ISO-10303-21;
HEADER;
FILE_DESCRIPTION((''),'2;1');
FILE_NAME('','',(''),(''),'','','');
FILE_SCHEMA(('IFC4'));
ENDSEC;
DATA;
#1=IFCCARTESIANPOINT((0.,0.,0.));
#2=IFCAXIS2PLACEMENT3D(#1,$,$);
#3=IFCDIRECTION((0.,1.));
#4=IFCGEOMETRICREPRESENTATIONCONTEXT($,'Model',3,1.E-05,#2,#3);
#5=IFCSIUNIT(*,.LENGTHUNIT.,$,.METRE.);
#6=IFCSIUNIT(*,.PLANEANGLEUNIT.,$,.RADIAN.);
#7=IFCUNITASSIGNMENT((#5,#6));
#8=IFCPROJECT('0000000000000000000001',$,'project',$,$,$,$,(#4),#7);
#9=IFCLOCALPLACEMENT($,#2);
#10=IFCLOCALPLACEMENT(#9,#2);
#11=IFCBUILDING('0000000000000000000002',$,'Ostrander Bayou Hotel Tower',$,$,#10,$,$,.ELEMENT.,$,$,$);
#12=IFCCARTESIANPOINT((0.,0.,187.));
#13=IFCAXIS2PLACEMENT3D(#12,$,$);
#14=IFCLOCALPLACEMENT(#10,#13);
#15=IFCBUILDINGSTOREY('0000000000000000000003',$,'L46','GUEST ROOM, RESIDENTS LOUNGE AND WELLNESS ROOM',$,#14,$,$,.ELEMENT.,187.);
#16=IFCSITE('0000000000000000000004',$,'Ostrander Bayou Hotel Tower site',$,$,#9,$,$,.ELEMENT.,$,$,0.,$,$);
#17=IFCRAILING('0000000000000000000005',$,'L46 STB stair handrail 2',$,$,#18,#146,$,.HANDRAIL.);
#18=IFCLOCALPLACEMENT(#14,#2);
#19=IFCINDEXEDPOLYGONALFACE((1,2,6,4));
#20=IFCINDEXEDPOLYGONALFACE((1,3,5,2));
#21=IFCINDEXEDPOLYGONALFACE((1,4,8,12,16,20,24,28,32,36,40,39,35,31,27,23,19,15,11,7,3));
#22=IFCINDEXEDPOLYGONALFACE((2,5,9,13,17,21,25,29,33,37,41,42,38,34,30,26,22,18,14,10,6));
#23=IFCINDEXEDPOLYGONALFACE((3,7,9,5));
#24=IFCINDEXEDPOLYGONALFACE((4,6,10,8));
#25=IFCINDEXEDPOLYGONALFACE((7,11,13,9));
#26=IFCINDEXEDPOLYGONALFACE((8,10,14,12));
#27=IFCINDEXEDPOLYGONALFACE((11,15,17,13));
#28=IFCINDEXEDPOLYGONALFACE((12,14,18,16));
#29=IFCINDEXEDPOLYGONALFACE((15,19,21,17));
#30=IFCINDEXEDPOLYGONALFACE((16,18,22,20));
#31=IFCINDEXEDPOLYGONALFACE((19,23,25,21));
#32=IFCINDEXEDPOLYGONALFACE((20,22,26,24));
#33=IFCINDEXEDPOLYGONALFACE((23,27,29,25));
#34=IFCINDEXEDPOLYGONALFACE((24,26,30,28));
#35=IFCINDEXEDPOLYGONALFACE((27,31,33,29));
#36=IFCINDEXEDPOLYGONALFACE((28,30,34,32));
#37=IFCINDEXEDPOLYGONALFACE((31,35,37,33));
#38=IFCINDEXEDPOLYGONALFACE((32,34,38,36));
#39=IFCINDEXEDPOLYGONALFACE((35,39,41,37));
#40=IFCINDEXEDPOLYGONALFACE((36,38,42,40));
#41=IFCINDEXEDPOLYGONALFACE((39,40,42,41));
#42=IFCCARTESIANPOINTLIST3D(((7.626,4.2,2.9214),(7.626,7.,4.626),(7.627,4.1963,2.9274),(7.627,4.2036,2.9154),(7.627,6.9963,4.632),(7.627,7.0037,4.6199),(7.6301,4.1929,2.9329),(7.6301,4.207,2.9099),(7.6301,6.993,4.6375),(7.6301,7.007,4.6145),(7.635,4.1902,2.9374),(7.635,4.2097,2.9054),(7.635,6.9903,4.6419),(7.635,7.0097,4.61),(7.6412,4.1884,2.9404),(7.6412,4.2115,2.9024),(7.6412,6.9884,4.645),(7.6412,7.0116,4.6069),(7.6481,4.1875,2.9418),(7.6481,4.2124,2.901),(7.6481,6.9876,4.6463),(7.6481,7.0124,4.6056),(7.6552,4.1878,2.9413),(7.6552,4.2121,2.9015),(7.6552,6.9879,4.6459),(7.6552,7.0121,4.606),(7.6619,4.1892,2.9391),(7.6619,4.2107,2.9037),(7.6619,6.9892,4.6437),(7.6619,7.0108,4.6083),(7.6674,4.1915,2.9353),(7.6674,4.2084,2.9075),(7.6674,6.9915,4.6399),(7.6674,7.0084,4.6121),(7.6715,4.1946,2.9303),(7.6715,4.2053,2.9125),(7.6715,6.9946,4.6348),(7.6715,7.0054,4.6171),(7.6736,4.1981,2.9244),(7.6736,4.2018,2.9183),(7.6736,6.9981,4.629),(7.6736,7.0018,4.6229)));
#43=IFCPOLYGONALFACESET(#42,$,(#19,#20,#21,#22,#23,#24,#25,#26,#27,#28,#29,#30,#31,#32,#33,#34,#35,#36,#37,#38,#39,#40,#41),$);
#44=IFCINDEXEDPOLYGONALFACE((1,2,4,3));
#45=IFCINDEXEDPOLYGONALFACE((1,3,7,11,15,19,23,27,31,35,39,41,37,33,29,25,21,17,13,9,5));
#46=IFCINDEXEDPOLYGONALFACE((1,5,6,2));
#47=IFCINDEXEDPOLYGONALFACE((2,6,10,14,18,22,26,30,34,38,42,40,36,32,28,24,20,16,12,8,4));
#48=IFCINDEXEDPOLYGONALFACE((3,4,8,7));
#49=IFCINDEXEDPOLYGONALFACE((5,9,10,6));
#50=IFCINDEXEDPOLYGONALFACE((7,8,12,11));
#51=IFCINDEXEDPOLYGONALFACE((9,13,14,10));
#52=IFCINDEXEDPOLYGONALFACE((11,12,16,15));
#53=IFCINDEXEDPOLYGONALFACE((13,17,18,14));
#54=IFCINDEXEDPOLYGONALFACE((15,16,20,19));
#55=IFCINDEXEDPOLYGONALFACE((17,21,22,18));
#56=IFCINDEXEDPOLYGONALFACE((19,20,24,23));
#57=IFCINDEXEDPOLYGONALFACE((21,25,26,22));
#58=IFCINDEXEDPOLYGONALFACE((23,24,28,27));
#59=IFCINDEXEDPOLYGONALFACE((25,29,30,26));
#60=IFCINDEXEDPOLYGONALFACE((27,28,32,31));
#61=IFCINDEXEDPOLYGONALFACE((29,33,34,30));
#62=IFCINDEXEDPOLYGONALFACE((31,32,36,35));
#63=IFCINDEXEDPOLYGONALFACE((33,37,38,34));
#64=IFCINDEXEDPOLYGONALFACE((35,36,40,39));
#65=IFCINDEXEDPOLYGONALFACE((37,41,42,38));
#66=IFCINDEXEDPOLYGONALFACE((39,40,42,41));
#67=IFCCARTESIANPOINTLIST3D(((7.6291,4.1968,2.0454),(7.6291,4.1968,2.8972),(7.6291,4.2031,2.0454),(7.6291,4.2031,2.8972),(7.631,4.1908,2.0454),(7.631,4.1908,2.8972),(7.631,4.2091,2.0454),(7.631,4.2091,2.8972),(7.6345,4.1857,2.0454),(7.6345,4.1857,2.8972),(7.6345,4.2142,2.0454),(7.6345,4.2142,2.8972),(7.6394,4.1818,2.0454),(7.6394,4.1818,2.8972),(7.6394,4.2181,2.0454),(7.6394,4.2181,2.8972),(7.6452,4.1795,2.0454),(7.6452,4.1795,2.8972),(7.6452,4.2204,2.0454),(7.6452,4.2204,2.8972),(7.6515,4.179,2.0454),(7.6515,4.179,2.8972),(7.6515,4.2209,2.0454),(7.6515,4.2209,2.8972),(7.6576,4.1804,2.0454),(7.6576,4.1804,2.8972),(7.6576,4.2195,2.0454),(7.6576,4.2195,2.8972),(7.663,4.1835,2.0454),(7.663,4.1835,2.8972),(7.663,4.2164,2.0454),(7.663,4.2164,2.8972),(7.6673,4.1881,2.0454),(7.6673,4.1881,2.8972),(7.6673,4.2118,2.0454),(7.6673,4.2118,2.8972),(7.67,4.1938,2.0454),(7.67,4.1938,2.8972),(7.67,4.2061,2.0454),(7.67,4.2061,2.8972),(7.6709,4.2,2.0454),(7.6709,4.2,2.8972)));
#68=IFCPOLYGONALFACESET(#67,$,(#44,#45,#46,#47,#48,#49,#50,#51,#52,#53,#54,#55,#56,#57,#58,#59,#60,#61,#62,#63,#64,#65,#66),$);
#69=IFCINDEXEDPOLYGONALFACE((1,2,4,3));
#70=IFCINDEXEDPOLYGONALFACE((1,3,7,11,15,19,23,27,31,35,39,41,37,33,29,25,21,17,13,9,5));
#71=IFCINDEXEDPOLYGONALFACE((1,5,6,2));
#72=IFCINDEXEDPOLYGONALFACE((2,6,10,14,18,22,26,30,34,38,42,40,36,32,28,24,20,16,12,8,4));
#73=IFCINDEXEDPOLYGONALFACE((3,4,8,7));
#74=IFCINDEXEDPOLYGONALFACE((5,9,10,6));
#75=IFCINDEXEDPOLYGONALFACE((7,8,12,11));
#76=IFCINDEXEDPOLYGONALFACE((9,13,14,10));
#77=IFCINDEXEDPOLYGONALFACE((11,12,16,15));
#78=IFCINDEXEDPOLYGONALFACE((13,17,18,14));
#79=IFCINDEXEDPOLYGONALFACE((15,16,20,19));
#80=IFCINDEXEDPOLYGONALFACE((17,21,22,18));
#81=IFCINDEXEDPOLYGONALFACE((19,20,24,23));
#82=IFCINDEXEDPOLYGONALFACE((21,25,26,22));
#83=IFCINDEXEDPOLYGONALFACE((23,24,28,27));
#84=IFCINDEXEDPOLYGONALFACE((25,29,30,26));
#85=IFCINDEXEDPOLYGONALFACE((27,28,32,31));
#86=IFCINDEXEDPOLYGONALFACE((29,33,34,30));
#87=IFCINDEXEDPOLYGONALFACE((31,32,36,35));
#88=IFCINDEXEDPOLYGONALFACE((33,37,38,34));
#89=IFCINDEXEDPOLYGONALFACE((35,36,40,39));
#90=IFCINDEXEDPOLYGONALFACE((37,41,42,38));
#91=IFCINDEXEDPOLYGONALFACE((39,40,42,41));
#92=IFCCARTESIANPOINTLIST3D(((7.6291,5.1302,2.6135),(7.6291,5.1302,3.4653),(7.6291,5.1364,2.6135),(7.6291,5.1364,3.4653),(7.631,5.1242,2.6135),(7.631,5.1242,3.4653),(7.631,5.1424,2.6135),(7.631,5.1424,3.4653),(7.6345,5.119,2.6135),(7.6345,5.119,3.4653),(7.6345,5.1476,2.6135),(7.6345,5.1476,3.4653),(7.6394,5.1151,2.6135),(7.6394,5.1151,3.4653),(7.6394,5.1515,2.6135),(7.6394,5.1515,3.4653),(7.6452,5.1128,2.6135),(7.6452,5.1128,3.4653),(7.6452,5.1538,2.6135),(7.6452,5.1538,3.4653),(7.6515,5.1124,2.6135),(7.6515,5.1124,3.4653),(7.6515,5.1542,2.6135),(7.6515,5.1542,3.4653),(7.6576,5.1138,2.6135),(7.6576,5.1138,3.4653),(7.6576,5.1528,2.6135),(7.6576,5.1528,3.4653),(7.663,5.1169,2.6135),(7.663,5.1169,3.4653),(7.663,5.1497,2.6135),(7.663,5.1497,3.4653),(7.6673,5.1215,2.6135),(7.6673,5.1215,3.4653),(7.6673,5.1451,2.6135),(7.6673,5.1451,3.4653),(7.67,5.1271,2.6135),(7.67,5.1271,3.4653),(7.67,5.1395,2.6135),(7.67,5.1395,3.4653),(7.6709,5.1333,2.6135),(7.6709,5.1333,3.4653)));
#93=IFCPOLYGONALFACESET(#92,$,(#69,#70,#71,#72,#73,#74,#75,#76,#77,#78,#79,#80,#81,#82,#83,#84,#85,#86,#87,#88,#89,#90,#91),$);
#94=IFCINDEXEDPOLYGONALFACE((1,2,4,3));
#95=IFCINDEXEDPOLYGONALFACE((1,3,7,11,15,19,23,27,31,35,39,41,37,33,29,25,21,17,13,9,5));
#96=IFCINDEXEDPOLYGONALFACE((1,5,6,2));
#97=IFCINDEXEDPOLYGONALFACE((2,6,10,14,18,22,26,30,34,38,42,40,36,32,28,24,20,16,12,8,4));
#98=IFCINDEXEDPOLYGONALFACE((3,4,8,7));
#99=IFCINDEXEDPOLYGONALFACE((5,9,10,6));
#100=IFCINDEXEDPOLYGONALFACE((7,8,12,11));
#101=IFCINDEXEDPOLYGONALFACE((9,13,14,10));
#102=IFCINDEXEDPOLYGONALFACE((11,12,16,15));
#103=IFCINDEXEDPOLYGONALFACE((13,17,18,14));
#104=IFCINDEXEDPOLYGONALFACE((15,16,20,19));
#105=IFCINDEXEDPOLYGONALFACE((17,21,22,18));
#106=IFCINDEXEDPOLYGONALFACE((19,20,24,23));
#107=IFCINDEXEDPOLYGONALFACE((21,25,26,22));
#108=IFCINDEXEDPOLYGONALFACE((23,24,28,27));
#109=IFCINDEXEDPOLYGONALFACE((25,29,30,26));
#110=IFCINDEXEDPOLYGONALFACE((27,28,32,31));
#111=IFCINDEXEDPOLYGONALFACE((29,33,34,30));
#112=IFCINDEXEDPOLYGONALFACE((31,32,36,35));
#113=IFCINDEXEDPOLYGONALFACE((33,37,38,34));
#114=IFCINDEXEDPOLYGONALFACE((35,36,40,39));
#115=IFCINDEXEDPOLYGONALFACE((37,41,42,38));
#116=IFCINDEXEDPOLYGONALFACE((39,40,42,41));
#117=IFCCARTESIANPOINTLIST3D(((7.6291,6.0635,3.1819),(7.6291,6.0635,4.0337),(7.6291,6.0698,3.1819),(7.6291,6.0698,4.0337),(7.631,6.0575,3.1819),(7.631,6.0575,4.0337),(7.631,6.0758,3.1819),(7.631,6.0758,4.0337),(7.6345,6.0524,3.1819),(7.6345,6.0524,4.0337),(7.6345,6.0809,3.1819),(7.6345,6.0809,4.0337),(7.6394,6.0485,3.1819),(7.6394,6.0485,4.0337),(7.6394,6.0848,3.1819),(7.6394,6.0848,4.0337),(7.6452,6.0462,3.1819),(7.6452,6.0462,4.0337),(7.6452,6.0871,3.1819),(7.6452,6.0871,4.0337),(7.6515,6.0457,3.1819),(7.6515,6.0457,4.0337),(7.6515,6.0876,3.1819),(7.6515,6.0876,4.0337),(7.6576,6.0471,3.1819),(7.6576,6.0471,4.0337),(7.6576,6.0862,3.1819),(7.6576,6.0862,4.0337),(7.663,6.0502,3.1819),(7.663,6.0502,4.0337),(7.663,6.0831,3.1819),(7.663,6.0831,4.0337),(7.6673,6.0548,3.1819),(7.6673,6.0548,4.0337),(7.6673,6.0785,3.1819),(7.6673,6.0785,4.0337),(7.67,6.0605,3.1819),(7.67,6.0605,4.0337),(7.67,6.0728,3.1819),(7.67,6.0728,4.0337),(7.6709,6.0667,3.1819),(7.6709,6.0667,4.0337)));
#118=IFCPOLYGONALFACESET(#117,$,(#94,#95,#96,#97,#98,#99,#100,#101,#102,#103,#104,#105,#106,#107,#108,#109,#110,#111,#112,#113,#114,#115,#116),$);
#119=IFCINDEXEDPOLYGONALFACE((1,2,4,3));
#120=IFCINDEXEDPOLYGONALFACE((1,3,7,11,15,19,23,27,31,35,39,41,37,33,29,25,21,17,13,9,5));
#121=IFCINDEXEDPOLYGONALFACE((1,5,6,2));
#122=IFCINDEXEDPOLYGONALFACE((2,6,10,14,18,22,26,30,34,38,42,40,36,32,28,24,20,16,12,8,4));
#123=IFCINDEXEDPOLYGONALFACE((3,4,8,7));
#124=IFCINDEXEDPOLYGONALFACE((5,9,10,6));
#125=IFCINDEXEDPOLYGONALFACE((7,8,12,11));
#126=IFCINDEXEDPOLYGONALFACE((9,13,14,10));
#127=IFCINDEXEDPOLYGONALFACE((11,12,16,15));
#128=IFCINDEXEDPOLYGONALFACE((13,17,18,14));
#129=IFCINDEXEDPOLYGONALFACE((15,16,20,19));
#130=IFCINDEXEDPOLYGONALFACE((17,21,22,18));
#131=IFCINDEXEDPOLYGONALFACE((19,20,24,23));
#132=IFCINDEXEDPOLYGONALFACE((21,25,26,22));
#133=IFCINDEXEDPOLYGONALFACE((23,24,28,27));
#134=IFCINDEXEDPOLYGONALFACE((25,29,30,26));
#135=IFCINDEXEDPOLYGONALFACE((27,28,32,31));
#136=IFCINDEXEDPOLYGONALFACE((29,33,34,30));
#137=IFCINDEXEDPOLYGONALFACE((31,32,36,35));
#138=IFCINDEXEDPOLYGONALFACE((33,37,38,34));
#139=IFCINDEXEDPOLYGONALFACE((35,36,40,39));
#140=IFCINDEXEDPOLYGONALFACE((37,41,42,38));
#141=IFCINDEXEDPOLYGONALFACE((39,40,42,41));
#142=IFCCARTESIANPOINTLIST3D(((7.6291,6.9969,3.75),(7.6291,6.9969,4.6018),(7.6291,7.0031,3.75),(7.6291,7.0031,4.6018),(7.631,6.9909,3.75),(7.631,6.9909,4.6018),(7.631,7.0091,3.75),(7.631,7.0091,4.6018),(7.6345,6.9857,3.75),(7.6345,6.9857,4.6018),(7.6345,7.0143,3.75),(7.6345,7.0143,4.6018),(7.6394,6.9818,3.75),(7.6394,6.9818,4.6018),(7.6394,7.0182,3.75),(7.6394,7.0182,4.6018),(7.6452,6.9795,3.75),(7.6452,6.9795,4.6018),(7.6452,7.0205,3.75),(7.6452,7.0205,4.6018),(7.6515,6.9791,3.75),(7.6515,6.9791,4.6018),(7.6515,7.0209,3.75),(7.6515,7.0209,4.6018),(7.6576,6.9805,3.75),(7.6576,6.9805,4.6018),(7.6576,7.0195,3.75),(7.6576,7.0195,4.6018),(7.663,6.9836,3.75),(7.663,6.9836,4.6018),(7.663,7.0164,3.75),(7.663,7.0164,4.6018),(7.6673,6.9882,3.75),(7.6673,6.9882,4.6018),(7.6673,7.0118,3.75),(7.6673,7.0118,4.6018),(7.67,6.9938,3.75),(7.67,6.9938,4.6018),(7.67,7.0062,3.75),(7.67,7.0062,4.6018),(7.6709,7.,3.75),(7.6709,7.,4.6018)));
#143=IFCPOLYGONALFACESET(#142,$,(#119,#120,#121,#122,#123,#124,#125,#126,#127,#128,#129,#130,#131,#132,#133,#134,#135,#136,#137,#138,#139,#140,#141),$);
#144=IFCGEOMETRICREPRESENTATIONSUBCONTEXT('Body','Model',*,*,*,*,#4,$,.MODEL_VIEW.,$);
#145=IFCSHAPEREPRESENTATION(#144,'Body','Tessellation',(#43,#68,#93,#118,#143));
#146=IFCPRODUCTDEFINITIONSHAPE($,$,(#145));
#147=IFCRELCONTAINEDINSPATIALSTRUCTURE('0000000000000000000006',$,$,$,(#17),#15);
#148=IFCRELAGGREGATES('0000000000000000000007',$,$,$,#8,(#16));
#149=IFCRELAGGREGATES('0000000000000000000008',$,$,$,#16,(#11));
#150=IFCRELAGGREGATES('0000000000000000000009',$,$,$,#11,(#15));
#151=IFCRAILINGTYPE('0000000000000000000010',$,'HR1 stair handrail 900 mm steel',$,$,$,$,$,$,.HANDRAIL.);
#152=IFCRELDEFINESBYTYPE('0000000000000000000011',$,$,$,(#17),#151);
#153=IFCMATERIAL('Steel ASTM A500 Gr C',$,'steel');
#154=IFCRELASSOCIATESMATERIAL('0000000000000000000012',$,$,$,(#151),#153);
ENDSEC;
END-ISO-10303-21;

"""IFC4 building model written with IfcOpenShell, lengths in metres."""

from ifc_helpers import new_model, si_unit, direction, frame, origin, origin_2d, place, context, subcontext, project, spatial, circle, extrude, material, type_object, element, save


model = new_model("IFC4")

# Units and contexts
model_context = context("Model", 3, precision=1e-05, world=origin(), true_north=direction((0.0, 1.0)))
body_context = subcontext(model_context, "Body", "Model", "MODEL_VIEW")
ifc_project = project(units=[si_unit("LENGTHUNIT", "METRE"), si_unit("PLANEANGLEUNIT", "RADIAN")], contexts=[model_context])

# Site, building, storey
site_placement = place(None, origin())
site = spatial("IfcSite", under=ifc_project, at=site_placement, Name="Ostrander Bayou Hotel Tower site", CompositionType="ELEMENT", RefElevation=0.0)
building_placement = place(site_placement, origin())
building = spatial("IfcBuilding", under=site, at=building_placement, Name="Ostrander Bayou Hotel Tower", CompositionType="ELEMENT")
storey_placement = place(building_placement, frame((0.0, 0.0, 187.0)))
storey = spatial("IfcBuildingStorey", under=building, at=storey_placement, Name="L46", Description="GUEST ROOM, RESIDENTS LOUNGE AND WELLNESS ROOM", CompositionType="ELEMENT", Elevation=187.0)

# Railing
ifc_material_1 = material(Name="Steel ASTM A500 Gr C", Category="steel")
railing_type_1 = type_object("IfcRailingType", Name="HR1 stair handrail 900 mm steel", PredefinedType="HANDRAIL", material=ifc_material_1)
railing_1_placement = place(storey_placement, frame((7.6499, 4.2, 2.0454)))
element("IfcRailing", 1, at=railing_1_placement, inside=storey, type_object=railing_type_1, Name="L46 STB stair handrail 2", PredefinedType="HANDRAIL", context=body_context, shape_type="SweptSolid", body=[
    extrude(circle(Radius=0.0239, at=origin_2d()), frame((0.0, 0.0, 0.876), z_axis=(0.0, 0.85417, 0.519994), x_axis=(-1.0, 0.0, 0.0)), (0.0, 0.0, 1.0), 3.2781),
    extrude(circle(Radius=0.021, at=origin_2d()), origin(), (0.0, 0.0, 1.0), 0.8518),
    extrude(circle(Radius=0.021, at=origin_2d()), frame((0.0, 0.9333, 0.5681)), (0.0, 0.0, 1.0), 0.8518),
    extrude(circle(Radius=0.021, at=origin_2d()), frame((0.0, 1.8667, 1.1365)), (0.0, 0.0, 1.0), 0.8518),
    extrude(circle(Radius=0.021, at=origin_2d()), frame((0.0, 2.8, 1.7046)), (0.0, 0.0, 1.0), 0.8518),
])

save(model, "model.ifc")
